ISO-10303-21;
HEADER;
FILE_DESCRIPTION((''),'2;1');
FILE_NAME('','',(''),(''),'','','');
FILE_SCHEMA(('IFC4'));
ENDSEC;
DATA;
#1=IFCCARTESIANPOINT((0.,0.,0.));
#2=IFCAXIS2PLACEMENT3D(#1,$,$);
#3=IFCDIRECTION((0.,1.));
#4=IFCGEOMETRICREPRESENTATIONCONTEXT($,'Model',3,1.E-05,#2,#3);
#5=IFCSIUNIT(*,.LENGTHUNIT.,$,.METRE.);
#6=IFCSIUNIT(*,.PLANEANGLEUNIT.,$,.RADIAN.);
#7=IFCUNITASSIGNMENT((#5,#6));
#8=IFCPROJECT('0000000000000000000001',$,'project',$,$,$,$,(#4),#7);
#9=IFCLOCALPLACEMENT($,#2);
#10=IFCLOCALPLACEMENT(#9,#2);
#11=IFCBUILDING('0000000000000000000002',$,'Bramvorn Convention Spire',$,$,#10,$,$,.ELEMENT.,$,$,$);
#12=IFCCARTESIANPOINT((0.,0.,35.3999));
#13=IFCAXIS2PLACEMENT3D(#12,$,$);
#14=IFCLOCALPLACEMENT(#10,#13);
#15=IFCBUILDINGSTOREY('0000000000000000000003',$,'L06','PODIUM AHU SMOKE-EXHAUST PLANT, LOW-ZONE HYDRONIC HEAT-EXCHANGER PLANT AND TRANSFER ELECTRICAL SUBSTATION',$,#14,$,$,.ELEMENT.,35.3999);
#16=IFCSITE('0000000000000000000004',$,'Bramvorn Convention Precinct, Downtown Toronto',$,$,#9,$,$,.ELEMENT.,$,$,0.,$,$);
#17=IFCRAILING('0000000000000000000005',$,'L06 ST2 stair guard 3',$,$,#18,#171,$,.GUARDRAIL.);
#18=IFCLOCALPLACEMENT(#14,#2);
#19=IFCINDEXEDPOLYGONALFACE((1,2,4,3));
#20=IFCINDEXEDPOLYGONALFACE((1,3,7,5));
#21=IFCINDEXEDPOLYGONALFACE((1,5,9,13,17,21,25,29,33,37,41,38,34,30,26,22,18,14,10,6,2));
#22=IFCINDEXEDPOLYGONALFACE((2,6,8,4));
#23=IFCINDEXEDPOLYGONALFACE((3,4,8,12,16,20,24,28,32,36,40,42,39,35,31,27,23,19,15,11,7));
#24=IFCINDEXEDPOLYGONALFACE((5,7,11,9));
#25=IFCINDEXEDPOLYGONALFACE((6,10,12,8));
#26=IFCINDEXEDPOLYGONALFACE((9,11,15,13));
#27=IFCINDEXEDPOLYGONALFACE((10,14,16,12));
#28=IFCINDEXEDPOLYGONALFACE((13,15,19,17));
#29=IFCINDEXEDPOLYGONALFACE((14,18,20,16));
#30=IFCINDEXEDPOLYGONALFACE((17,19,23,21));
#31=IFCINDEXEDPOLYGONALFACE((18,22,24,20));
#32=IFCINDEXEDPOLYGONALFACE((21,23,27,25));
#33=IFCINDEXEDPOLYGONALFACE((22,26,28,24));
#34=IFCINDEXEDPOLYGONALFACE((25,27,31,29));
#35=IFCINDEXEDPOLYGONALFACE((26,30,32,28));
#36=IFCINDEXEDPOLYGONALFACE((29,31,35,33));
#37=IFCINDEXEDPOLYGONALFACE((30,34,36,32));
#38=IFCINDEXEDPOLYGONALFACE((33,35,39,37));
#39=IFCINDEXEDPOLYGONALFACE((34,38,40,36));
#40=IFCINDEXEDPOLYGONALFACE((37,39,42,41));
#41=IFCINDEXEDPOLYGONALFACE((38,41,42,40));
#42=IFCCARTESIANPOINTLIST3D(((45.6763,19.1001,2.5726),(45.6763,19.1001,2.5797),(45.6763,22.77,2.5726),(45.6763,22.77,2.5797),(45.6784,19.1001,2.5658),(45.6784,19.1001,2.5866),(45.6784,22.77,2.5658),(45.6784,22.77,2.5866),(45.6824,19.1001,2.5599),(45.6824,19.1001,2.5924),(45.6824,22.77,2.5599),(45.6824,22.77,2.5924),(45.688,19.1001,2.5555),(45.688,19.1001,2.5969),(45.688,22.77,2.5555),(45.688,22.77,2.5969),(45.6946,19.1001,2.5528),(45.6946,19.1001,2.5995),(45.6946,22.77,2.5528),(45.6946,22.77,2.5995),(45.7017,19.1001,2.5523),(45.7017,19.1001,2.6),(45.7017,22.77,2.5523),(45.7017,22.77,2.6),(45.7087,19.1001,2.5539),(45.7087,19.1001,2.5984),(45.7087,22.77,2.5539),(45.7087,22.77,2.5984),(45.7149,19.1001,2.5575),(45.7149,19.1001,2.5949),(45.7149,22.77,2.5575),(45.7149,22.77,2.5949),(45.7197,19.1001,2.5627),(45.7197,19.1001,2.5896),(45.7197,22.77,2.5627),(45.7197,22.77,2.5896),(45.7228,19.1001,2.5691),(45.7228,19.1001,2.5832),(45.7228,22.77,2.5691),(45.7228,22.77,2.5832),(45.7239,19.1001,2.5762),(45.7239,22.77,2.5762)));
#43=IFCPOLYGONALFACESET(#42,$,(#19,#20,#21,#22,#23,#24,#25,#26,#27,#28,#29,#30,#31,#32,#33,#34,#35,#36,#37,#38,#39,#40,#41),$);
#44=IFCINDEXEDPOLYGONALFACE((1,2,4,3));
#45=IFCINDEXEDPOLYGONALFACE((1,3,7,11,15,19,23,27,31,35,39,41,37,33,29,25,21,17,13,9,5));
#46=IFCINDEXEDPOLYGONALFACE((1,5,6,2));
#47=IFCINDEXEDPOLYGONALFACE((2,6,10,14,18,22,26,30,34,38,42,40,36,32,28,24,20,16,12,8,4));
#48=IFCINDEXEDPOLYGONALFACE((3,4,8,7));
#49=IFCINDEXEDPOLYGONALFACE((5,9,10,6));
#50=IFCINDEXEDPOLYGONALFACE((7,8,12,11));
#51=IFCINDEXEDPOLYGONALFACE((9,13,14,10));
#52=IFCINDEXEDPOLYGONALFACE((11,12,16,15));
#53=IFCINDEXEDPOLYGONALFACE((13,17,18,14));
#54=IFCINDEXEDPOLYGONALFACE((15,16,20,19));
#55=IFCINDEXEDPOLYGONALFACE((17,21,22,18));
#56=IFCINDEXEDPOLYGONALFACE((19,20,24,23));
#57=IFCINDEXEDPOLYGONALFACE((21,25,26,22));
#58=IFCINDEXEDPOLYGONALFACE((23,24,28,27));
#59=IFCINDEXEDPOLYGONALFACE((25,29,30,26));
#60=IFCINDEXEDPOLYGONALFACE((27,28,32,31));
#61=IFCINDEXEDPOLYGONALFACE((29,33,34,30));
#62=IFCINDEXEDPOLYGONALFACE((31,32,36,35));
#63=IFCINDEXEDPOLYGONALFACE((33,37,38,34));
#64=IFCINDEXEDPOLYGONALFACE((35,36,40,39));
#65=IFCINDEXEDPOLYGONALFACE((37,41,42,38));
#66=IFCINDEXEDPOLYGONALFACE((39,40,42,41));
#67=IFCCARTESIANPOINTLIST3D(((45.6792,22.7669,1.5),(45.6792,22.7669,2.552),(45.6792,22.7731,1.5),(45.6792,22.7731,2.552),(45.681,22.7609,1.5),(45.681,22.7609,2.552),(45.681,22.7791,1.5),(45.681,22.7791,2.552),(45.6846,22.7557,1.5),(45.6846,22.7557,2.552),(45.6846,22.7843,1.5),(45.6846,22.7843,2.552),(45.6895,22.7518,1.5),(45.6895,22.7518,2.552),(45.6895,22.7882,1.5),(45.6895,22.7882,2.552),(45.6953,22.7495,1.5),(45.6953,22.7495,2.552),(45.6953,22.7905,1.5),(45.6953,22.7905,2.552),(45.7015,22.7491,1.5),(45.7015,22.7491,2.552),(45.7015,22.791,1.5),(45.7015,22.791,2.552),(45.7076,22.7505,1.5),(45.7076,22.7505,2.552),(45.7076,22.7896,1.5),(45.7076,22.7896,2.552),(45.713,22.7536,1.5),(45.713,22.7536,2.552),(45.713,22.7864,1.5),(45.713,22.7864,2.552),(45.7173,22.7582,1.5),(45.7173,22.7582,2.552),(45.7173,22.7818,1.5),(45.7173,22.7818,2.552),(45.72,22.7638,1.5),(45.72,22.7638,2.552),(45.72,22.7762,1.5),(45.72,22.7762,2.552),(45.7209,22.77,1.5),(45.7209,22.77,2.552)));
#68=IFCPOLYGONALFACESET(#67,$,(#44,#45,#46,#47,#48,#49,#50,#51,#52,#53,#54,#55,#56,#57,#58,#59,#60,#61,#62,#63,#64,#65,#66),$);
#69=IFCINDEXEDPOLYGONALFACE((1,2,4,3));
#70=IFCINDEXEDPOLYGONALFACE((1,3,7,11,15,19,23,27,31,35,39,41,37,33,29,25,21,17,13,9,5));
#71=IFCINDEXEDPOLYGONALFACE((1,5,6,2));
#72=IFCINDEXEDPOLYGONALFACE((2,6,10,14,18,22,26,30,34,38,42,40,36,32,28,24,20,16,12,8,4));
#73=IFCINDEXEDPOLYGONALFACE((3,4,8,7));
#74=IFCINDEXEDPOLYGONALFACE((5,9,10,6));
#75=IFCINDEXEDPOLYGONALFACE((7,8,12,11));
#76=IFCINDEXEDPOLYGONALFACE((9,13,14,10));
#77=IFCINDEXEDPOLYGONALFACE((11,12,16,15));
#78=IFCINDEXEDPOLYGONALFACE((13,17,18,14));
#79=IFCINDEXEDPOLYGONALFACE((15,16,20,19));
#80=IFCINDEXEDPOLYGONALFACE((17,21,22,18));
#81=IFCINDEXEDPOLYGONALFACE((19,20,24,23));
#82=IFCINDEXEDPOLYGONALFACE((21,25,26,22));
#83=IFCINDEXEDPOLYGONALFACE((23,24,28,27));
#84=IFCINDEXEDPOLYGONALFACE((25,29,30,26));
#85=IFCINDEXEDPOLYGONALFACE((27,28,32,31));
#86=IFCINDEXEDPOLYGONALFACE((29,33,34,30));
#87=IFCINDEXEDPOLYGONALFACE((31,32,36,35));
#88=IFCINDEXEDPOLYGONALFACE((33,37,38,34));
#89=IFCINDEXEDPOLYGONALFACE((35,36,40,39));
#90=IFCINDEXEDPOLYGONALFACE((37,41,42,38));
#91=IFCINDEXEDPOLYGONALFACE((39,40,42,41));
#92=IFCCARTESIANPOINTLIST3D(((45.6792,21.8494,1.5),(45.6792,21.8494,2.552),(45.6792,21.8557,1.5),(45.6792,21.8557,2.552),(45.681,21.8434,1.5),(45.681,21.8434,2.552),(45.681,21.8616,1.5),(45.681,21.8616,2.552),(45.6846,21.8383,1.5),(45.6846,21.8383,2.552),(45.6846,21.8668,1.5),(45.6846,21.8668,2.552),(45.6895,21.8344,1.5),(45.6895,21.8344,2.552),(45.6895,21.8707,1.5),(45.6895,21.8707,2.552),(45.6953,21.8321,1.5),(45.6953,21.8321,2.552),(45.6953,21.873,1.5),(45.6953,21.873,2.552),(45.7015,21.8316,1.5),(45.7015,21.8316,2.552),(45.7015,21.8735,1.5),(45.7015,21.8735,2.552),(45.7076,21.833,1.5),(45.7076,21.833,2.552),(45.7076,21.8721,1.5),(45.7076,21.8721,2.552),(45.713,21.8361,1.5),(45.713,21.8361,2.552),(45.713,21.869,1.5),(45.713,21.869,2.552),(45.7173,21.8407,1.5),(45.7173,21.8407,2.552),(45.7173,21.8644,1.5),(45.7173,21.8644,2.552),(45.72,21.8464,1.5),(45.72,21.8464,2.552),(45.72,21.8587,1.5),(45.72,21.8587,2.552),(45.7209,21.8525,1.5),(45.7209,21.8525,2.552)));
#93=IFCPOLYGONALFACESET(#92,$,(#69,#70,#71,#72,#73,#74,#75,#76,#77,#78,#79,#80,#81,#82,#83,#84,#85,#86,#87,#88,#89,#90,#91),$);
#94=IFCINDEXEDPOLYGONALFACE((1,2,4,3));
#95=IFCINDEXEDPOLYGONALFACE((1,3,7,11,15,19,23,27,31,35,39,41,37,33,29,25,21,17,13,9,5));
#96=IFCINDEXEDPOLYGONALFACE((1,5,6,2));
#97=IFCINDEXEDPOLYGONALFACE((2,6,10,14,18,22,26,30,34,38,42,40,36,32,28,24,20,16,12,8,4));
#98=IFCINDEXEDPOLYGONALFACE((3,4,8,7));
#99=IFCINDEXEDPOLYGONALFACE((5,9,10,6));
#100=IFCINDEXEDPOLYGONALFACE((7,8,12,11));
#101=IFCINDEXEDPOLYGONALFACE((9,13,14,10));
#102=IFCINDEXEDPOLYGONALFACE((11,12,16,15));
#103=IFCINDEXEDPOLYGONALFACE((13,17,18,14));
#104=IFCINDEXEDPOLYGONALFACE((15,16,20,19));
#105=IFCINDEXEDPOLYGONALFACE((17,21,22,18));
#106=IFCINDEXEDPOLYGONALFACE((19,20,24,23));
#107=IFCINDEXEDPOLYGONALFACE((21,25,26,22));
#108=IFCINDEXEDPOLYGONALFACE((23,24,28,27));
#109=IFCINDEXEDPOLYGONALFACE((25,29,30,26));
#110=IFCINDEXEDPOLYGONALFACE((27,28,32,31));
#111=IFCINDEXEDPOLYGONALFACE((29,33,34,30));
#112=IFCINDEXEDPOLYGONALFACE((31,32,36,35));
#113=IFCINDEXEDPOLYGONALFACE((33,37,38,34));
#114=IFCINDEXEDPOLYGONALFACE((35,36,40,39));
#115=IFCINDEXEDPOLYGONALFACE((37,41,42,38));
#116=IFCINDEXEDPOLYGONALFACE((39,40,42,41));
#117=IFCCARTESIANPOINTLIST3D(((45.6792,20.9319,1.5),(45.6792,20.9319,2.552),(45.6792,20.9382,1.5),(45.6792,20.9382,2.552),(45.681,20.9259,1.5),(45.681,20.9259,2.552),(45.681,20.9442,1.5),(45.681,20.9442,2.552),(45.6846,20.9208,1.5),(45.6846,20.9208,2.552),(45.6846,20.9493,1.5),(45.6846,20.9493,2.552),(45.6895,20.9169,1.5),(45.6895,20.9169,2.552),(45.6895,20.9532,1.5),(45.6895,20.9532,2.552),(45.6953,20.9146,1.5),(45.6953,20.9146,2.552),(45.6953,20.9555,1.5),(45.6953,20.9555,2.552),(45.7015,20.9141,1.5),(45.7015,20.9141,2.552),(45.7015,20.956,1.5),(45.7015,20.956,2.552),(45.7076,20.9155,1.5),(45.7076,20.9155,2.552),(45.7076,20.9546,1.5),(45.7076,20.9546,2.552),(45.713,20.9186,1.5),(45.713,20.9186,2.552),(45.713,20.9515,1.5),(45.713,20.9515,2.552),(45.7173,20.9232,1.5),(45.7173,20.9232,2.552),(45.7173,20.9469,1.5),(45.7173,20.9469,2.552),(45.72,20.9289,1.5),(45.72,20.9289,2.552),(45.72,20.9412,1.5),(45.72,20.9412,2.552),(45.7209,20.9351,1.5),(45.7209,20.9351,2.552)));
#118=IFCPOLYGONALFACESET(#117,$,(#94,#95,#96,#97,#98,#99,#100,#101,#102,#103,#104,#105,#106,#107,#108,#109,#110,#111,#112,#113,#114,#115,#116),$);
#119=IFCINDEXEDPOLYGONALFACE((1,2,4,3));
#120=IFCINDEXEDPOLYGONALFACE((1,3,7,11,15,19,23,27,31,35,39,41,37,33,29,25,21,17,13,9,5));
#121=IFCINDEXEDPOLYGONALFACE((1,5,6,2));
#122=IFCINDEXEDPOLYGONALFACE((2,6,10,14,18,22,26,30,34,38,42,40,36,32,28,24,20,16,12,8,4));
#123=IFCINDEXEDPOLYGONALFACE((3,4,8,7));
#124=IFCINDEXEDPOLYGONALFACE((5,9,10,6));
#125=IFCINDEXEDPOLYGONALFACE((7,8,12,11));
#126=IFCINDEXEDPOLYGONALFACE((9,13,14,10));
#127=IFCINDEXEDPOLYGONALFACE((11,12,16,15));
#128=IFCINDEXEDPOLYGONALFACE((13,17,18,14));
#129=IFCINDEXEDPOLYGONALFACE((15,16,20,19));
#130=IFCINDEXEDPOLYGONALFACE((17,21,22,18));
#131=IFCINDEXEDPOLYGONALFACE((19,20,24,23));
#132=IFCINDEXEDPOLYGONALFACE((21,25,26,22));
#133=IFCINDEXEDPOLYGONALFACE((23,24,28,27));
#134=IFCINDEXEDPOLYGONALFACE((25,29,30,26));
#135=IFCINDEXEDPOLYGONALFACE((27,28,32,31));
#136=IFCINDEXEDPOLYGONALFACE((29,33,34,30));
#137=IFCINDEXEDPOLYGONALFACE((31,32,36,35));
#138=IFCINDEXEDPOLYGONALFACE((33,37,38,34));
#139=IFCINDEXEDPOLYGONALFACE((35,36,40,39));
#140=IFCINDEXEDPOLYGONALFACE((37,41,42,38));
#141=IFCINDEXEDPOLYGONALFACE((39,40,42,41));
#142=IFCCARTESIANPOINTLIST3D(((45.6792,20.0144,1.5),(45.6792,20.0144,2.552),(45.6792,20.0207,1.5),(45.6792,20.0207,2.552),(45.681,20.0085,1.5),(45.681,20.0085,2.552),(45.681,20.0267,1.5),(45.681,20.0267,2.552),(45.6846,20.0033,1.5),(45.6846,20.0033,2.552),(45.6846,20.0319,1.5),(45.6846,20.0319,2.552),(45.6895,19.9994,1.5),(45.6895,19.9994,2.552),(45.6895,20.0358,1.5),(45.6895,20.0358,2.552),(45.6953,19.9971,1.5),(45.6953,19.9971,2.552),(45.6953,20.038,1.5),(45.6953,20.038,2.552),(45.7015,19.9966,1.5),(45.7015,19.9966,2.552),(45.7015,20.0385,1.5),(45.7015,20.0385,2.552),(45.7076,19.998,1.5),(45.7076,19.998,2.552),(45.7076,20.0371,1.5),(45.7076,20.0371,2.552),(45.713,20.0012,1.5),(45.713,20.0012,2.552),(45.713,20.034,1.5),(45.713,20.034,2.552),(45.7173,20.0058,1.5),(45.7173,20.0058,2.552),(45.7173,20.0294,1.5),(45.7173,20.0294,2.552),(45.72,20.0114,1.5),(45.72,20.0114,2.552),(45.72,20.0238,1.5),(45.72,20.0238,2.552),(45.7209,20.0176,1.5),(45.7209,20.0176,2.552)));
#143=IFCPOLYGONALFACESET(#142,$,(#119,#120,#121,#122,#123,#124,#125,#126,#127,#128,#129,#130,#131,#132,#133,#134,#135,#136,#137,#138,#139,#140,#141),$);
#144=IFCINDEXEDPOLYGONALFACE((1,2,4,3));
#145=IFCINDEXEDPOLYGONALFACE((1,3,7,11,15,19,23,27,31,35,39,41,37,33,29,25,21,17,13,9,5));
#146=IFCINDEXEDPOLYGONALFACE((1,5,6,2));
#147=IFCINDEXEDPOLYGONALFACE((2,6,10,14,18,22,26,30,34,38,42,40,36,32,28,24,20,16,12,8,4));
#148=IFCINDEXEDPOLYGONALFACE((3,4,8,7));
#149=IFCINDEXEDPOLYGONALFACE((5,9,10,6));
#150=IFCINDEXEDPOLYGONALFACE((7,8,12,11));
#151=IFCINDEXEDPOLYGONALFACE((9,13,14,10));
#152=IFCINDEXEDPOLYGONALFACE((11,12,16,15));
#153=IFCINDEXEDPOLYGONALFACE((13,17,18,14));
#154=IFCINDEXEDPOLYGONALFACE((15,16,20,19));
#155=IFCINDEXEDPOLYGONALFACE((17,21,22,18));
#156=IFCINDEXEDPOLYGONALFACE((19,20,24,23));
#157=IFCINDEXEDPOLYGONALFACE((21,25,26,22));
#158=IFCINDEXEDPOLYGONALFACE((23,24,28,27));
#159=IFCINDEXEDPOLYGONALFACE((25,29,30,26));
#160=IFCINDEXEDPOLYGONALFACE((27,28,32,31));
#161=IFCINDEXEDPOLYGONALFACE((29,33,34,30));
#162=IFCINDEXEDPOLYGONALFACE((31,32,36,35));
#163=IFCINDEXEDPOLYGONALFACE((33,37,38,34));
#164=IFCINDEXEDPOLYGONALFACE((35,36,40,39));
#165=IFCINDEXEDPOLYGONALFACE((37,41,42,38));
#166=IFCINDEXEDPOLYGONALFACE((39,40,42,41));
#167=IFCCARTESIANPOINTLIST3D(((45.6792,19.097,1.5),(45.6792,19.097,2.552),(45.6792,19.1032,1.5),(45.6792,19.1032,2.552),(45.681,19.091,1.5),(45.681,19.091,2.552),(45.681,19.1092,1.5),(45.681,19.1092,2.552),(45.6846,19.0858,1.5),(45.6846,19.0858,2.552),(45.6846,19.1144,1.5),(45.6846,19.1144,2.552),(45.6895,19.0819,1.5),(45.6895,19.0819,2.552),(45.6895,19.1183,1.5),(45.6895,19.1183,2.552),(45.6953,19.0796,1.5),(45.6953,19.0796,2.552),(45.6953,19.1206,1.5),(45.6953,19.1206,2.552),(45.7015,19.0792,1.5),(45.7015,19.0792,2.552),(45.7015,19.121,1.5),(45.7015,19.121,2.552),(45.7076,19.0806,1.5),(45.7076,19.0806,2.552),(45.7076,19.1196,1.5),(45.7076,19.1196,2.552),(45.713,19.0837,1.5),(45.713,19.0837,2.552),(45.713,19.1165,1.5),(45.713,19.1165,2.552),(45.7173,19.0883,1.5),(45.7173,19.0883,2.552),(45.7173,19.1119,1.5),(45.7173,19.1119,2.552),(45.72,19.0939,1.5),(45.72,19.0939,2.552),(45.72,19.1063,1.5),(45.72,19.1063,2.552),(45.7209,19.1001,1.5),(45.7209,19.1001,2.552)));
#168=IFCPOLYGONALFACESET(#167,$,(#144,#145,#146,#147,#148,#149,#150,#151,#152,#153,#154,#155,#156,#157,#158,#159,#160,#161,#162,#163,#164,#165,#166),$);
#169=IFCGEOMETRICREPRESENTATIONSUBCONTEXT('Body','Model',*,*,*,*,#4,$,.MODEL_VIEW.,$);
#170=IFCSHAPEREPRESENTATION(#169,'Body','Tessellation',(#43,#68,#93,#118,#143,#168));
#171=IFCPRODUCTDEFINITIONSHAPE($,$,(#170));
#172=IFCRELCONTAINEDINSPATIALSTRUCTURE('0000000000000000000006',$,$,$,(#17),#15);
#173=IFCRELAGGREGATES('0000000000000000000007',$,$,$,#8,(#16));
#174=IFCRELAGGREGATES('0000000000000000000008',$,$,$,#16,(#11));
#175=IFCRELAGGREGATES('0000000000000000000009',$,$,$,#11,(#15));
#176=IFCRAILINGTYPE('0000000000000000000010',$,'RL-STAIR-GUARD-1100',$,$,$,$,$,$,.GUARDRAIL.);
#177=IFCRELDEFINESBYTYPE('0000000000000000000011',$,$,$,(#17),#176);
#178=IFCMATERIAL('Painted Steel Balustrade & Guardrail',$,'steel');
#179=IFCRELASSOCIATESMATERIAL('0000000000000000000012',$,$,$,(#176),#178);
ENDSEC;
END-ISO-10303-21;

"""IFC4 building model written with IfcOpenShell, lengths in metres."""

from ifc_helpers import new_model, si_unit, direction, frame, origin, origin_2d, place, context, subcontext, project, spatial, circle, extrude, material, type_object, element, save


model = new_model("IFC4")

# Units and contexts
model_context = context("Model", 3, precision=1e-05, world=origin(), true_north=direction((0.0, 1.0)))
body_context = subcontext(model_context, "Body", "Model", "MODEL_VIEW")
ifc_project = project(units=[si_unit("LENGTHUNIT", "METRE"), si_unit("PLANEANGLEUNIT", "RADIAN")], contexts=[model_context])

# Site, building, storey
site_placement = place(None, origin())
site = spatial("IfcSite", under=ifc_project, at=site_placement, Name="Bramvorn Convention Precinct, Downtown Toronto", CompositionType="ELEMENT", RefElevation=0.0)
building_placement = place(site_placement, origin())
building = spatial("IfcBuilding", under=site, at=building_placement, Name="Bramvorn Convention Spire", CompositionType="ELEMENT")
storey_placement = place(building_placement, frame((0.0, 0.0, 35.3999)))
storey = spatial("IfcBuildingStorey", under=building, at=storey_placement, Name="L06", Description="PODIUM AHU SMOKE-EXHAUST PLANT, LOW-ZONE HYDRONIC HEAT-EXCHANGER PLANT AND TRANSFER ELECTRICAL SUBSTATION", CompositionType="ELEMENT", Elevation=35.3999)

# Railing
ifc_material_1 = material(Name="Painted Steel Balustrade & Guardrail", Category="steel")
railing_type_1 = type_object("IfcRailingType", Name="RL-STAIR-GUARD-1100", PredefinedType="GUARDRAIL", material=ifc_material_1)
for number, where, name in (
    (1, (45.7, 22.77, 1.5), "L06 ST2 stair guard 3"),
):
    element("IfcRailing", number, at=place(storey_placement, frame(where)), inside=storey, type_object=railing_type_1, Name=name, PredefinedType="GUARDRAIL", context=body_context, shape_type="SweptSolid", body=[
        extrude(circle(Radius=0.0239, at=origin_2d()), frame((0.0, 0.0, 1.0762), z_axis=(0.0, -1.0, 0.0), x_axis=(1.0, 0.0, 0.0)), (0.0, 0.0, 1.0), 3.6699),
        extrude(circle(Radius=0.021, at=origin_2d()), origin(), (0.0, 0.0, 1.0), 1.052),
        extrude(circle(Radius=0.021, at=origin_2d()), frame((0.0, -0.9175, 0.0)), (0.0, 0.0, 1.0), 1.052),
        extrude(circle(Radius=0.021, at=origin_2d()), frame((0.0, -1.835, 0.0)), (0.0, 0.0, 1.0), 1.052),
        extrude(circle(Radius=0.021, at=origin_2d()), frame((0.0, -2.7524, 0.0)), (0.0, 0.0, 1.0), 1.052),
        extrude(circle(Radius=0.021, at=origin_2d()), frame((0.0, -3.6699, 0.0)), (0.0, 0.0, 1.0), 1.052),
    ])

save(model, "model.ifc")
